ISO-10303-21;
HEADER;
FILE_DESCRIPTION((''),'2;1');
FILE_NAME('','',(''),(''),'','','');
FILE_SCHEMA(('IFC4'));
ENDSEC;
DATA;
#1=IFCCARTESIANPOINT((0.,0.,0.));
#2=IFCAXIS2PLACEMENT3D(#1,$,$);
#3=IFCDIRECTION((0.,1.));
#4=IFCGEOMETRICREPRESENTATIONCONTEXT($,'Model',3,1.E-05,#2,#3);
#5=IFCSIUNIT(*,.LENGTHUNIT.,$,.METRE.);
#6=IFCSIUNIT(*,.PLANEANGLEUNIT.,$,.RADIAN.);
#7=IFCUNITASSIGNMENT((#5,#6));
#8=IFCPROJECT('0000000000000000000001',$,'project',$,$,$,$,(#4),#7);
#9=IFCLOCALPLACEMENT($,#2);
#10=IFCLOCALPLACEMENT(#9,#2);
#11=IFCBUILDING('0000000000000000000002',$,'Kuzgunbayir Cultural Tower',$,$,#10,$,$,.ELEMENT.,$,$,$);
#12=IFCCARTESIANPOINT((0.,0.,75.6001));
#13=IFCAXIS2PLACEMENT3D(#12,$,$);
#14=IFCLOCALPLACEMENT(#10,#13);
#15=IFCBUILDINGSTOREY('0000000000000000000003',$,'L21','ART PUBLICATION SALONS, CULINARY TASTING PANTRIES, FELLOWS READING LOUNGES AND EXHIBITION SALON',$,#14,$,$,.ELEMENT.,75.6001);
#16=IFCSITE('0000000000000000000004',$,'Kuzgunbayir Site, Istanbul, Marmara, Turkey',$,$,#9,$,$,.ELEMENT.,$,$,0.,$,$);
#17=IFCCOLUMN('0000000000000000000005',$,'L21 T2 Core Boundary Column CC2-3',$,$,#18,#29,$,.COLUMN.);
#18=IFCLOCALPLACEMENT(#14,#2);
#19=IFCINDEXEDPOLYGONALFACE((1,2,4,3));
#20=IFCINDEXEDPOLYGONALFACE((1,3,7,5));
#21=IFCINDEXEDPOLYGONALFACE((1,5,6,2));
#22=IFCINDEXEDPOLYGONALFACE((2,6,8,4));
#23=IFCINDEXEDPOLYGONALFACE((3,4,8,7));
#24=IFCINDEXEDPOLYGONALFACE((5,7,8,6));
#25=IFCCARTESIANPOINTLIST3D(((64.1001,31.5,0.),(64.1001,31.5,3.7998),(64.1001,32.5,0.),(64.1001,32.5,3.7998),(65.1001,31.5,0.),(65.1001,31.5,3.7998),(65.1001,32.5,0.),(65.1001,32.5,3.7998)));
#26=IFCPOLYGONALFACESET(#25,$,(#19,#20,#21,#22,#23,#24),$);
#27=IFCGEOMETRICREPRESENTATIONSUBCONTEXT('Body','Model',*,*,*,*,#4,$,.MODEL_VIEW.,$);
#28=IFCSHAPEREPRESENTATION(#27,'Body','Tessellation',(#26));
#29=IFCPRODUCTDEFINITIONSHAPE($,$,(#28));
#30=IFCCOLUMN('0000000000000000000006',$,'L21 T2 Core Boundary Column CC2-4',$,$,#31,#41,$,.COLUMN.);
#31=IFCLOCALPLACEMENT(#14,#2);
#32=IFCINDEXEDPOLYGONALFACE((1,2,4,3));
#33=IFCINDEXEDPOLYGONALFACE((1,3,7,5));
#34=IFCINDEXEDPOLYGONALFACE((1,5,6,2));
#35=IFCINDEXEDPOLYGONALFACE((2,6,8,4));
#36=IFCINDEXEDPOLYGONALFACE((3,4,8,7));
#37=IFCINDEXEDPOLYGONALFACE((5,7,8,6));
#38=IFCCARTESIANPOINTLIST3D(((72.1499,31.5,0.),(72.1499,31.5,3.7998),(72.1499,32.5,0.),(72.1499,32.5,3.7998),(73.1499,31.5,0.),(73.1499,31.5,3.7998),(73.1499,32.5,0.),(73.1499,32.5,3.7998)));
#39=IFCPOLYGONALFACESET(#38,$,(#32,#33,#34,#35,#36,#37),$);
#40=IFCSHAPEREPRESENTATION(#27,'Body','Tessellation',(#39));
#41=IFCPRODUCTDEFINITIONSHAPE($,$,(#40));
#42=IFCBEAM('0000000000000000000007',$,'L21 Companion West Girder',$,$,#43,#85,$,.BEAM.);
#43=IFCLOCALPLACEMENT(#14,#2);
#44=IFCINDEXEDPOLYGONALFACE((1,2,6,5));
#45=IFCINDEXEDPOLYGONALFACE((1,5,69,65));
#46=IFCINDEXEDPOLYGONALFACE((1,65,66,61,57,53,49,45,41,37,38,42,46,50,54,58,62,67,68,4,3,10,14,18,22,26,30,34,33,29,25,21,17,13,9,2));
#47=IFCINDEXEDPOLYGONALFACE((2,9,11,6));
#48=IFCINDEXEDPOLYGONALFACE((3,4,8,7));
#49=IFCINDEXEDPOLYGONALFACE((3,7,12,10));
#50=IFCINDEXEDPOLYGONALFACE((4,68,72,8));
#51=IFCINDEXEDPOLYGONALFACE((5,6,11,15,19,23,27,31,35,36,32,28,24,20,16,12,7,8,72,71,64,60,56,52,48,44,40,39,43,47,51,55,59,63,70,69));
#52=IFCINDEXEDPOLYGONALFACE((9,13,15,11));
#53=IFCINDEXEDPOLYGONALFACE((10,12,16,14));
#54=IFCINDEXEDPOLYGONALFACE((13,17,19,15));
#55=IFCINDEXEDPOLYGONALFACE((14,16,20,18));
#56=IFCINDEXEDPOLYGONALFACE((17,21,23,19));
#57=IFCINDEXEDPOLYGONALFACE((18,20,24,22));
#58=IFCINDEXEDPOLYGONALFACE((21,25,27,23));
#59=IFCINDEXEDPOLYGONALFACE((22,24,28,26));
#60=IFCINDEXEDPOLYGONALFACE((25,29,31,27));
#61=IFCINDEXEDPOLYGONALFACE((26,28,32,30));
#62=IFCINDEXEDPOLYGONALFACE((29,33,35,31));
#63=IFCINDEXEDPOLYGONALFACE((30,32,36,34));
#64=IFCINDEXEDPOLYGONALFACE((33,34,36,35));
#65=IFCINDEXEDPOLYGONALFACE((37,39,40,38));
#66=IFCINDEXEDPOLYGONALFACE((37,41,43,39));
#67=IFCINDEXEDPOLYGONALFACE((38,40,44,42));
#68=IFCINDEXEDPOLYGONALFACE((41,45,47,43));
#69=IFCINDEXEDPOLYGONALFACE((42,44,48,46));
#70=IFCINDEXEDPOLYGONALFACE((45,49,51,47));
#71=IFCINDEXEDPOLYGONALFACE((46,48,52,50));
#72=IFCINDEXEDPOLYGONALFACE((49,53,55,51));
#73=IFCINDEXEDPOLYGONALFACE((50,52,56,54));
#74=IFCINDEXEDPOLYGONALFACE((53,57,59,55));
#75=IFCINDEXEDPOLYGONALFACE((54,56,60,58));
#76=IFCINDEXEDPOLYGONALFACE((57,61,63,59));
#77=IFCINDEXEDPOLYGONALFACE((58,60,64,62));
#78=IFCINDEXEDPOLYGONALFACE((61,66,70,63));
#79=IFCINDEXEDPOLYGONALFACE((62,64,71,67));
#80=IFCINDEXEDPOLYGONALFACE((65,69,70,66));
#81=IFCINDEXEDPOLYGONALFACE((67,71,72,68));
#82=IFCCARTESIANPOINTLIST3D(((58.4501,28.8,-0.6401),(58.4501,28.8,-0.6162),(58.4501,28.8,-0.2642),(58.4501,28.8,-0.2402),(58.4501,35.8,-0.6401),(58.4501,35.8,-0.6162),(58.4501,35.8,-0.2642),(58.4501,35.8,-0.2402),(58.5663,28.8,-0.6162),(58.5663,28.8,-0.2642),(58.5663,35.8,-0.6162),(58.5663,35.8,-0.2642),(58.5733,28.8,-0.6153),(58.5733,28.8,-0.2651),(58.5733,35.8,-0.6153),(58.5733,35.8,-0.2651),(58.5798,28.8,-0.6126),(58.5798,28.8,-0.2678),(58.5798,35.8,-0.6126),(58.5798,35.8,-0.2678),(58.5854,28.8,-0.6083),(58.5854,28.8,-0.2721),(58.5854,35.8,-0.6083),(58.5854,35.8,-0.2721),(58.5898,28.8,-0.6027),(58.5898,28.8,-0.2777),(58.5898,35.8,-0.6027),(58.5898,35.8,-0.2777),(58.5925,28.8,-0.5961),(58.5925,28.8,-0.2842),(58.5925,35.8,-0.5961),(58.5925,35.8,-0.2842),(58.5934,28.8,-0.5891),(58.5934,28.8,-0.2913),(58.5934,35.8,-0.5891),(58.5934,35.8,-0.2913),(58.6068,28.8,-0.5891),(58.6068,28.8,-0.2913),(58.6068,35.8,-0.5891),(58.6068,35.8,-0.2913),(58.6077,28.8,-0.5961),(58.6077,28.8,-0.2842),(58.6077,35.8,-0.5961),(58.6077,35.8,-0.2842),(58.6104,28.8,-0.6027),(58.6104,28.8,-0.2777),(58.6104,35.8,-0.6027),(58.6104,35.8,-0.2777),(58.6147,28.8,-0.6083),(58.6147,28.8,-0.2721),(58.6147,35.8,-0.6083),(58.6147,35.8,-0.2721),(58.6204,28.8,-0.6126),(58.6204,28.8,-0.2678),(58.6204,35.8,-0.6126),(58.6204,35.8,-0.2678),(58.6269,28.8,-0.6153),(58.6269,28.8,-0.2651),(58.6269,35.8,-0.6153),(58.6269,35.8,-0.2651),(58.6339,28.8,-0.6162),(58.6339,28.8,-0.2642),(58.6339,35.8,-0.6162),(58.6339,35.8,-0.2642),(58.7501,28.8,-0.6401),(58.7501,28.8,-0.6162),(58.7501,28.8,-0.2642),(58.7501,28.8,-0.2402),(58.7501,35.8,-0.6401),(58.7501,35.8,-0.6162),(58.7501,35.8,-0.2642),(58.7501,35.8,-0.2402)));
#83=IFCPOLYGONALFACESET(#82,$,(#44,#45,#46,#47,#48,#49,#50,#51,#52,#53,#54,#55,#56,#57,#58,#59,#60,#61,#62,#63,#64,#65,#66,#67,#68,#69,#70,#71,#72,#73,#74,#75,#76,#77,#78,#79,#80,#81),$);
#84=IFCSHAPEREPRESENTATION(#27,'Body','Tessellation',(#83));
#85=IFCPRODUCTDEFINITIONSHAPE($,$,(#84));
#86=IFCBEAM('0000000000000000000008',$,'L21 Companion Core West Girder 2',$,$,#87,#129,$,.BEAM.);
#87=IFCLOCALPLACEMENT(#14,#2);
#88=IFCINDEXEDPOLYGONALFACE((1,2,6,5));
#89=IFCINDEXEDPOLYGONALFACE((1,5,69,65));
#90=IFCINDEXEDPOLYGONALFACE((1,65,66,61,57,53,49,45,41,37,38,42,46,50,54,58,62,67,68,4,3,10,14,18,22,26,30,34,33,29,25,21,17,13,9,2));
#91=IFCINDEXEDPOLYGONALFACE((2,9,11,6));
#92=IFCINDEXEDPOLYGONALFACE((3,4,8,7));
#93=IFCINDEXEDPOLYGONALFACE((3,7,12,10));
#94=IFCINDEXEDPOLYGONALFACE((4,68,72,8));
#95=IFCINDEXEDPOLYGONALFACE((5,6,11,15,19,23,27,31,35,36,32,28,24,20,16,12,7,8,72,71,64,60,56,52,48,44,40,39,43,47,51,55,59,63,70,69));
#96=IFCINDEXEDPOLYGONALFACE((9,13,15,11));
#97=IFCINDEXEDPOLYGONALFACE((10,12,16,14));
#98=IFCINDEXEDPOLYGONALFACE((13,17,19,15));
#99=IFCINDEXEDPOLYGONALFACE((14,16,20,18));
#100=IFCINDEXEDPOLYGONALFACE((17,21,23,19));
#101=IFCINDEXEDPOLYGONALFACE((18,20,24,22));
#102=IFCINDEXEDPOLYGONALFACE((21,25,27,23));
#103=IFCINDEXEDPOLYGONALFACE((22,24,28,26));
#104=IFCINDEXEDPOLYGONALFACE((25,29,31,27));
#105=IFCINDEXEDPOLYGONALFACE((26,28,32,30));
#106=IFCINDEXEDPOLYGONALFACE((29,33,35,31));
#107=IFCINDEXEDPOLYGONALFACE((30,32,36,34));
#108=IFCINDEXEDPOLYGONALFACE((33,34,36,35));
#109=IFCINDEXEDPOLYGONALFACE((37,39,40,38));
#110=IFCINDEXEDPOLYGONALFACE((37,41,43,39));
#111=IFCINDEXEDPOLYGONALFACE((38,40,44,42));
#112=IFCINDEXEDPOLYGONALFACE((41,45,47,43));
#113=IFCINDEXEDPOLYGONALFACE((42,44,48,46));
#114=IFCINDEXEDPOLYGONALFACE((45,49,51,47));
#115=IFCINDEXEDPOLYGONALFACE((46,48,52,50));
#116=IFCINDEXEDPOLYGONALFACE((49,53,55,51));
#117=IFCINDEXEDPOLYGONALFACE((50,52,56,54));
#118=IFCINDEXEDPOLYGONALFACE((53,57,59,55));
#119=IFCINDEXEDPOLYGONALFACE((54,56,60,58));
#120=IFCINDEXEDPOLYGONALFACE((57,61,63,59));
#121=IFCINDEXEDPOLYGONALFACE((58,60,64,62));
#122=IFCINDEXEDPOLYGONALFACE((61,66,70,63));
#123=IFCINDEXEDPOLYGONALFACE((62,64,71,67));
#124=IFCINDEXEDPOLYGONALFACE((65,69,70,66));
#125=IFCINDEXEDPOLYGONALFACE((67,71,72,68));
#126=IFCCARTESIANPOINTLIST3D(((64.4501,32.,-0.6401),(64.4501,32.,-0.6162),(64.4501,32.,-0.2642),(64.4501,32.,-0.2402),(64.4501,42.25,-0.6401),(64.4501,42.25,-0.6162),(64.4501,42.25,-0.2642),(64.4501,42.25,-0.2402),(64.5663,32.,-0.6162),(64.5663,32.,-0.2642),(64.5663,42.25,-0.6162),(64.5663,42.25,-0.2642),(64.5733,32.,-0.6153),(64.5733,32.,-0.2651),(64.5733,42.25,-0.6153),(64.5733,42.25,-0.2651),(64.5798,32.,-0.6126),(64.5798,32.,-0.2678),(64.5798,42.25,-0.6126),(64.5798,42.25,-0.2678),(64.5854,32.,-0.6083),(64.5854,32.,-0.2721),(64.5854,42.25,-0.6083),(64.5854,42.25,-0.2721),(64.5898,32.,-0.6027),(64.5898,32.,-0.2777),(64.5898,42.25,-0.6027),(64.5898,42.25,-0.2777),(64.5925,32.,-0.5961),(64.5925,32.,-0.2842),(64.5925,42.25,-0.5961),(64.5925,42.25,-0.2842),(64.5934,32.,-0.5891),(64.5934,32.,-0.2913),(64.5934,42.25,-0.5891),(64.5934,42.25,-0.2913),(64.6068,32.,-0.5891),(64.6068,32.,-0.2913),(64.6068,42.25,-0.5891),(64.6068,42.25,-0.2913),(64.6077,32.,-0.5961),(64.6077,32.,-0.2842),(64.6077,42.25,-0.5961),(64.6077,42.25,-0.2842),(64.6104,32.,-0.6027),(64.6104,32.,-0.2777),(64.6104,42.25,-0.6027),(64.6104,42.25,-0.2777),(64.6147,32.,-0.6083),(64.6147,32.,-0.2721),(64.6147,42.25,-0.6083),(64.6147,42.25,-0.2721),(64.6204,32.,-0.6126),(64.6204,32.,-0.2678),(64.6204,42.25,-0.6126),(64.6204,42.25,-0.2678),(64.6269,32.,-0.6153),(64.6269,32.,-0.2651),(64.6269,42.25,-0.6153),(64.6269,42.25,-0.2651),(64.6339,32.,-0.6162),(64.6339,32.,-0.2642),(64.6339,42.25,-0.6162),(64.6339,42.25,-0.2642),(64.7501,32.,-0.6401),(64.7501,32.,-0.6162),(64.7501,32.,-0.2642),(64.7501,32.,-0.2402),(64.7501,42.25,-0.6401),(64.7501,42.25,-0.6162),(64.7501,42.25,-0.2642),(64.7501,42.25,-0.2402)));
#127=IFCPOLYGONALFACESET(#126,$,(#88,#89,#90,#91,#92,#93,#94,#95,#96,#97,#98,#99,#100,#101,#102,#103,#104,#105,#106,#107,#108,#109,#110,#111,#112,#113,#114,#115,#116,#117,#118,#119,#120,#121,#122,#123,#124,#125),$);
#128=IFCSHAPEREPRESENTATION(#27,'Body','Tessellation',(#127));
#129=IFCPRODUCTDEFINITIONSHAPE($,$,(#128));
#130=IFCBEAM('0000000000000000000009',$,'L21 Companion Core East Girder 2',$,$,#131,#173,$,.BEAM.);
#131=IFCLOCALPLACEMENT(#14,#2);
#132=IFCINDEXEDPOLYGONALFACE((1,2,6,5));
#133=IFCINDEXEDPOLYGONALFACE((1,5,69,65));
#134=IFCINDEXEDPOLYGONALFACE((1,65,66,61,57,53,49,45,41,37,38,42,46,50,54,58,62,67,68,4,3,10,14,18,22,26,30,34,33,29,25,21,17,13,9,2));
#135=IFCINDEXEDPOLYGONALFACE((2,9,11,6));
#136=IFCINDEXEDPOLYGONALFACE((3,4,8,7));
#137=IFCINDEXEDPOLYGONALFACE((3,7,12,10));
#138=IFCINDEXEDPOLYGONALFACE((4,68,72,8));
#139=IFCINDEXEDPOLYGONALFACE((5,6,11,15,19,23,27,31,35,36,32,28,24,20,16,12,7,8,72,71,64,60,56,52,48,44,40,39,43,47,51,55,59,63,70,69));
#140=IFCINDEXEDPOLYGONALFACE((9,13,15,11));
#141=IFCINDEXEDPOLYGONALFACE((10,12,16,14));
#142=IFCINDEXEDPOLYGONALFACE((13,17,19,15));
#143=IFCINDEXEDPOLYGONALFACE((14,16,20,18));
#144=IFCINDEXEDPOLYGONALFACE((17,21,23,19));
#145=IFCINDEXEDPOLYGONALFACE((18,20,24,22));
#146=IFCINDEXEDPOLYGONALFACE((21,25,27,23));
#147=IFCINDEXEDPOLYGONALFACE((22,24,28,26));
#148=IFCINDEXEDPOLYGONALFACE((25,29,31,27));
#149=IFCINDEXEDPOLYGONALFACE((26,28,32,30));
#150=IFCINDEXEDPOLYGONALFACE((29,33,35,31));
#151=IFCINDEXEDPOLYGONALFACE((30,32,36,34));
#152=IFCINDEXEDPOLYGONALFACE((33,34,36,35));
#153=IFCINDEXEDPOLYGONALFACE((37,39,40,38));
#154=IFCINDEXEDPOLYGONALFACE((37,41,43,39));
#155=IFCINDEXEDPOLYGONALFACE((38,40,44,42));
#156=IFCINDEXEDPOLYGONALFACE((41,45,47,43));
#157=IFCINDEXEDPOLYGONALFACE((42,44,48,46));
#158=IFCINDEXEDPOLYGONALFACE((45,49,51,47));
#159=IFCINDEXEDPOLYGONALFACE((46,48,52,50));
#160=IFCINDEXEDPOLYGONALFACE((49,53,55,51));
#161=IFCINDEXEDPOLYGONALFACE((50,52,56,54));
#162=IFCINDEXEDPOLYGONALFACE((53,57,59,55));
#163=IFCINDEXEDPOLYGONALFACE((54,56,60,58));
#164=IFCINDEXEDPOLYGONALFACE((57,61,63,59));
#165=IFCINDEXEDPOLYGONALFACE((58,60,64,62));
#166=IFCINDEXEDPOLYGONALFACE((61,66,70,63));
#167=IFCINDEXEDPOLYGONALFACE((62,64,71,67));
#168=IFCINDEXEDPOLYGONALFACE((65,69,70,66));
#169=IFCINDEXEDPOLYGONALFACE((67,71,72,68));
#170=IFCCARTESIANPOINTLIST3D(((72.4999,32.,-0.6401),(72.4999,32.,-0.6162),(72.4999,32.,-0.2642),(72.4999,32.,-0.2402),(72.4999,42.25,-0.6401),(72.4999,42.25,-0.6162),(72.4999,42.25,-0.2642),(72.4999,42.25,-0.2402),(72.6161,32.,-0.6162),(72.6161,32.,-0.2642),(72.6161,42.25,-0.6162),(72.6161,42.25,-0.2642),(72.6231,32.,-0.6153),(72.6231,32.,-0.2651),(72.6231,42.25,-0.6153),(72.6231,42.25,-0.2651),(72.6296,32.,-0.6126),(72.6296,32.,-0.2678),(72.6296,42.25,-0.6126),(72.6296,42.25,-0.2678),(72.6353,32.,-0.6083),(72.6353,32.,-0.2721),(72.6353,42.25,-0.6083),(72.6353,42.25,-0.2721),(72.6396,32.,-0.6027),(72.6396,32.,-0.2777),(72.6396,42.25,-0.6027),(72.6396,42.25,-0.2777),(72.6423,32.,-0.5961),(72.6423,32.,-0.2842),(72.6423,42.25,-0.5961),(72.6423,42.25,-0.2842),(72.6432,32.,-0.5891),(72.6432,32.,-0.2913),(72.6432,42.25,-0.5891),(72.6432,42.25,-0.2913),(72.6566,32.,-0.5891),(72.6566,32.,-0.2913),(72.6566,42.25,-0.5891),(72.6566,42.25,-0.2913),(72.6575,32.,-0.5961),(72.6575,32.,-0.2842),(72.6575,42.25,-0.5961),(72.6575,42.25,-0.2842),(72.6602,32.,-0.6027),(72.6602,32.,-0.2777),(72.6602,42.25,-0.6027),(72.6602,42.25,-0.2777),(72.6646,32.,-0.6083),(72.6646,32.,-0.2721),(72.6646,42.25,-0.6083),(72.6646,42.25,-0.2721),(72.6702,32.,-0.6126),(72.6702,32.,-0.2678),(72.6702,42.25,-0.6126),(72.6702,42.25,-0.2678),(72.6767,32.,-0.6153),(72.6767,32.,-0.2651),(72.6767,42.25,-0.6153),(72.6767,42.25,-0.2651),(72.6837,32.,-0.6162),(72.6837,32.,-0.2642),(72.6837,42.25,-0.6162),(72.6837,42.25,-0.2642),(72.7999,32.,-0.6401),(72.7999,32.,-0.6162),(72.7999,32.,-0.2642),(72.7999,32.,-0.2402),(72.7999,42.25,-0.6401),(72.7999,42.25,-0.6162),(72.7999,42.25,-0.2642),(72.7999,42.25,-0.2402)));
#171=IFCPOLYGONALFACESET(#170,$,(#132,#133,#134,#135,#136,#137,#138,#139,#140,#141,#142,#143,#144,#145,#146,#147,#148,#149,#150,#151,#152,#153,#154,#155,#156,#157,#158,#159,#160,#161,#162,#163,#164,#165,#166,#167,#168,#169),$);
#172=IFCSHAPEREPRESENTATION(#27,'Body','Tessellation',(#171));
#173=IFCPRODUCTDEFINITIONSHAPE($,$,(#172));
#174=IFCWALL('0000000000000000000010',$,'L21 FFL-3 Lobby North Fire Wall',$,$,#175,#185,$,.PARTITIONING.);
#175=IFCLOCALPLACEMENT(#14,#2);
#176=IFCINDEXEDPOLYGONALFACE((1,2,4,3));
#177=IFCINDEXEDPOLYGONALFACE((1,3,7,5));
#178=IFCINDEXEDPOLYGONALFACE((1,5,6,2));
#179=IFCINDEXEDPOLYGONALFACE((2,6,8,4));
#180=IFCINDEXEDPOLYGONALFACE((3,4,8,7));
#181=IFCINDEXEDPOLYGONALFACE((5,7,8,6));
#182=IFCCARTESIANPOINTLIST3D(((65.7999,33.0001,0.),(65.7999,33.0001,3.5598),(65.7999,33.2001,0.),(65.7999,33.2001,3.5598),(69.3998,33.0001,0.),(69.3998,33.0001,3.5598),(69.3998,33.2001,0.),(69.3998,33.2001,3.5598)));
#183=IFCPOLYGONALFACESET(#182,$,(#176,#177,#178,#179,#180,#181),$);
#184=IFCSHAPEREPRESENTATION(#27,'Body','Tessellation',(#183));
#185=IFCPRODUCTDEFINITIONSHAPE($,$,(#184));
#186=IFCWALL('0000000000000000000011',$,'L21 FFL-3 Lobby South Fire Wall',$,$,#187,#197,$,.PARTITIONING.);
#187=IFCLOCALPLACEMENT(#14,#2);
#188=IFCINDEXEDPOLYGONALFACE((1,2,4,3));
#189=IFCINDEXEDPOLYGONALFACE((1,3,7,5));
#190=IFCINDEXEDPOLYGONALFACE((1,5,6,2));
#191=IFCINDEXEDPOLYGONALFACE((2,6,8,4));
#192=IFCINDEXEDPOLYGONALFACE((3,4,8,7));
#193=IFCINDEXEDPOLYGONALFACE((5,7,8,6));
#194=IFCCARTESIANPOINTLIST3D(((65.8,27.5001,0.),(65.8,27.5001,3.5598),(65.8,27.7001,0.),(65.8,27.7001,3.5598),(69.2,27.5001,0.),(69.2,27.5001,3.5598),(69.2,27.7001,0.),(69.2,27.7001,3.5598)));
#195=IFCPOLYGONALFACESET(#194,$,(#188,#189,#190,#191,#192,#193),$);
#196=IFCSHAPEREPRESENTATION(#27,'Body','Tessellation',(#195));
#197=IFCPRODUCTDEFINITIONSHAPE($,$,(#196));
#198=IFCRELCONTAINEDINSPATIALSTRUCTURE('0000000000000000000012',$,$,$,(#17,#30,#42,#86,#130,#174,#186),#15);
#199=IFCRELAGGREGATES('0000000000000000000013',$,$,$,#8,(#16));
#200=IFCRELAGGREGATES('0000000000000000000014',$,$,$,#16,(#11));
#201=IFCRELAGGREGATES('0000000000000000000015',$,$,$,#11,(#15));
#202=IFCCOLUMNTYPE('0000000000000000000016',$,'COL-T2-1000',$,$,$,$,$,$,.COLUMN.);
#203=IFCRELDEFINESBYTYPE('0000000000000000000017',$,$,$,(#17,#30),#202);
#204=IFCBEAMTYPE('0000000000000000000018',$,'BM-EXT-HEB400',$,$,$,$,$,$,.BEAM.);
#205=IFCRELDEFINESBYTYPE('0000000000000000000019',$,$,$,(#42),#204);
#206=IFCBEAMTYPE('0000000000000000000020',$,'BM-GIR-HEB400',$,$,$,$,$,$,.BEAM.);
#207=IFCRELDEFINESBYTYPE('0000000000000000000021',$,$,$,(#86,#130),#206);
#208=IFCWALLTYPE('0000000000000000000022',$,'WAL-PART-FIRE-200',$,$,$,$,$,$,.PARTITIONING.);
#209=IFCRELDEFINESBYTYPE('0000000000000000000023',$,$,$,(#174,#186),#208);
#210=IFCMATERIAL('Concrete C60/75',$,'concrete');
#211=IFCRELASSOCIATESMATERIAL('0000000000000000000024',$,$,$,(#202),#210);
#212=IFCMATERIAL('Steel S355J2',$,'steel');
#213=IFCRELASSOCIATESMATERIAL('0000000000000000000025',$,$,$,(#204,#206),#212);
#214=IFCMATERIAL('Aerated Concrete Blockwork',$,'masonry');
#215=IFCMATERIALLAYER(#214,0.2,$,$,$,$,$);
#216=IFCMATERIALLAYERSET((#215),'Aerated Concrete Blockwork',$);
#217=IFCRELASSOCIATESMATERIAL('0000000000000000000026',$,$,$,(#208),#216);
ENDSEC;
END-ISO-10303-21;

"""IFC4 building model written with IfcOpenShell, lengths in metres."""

from ifc_helpers import new_model, si_unit, direction, frame, frame_2d, origin, origin_2d, place, context, subcontext, project, spatial, rectangle, i_section, extrude, material, layer, layer_set, material_profile, profile_set, type_object, element, save


model = new_model("IFC4")

# Units and contexts
model_context = context("Model", 3, precision=1e-05, world=origin(), true_north=direction((0.0, 1.0)))
body_context = subcontext(model_context, "Body", "Model", "MODEL_VIEW")
ifc_project = project(units=[si_unit("LENGTHUNIT", "METRE"), si_unit("PLANEANGLEUNIT", "RADIAN")], contexts=[model_context])

# Site, building, storey
site_placement = place(None, origin())
site = spatial("IfcSite", under=ifc_project, at=site_placement, Name="Kuzgunbayir Site, Istanbul, Marmara, Turkey", CompositionType="ELEMENT", RefElevation=0.0)
building_placement = place(site_placement, origin())
building = spatial("IfcBuilding", under=site, at=building_placement, Name="Kuzgunbayir Cultural Tower", CompositionType="ELEMENT")
storey_placement = place(building_placement, frame((0.0, 0.0, 75.6001)))
storey = spatial("IfcBuildingStorey", under=building, at=storey_placement, Name="L21", Description="ART PUBLICATION SALONS, CULINARY TASTING PANTRIES, FELLOWS READING LOUNGES AND EXHIBITION SALON", CompositionType="ELEMENT", Elevation=75.6001)

# Columns
ifc_material_1 = material(Name="Concrete C60/75", Category="concrete")
ifc_material_profile_1 = material_profile(ifc_material_1, rectangle(XDim=1.0, YDim=1.0, at=origin_2d()), Name="RC 1000x1000")
ifc_profile_set_1 = profile_set([ifc_material_profile_1], Name="Concrete C60/75")
column_type = type_object("IfcColumnType", Name="COL-T2-1000", PredefinedType="COLUMN", material=ifc_profile_set_1)
for number, where, z_axis, x_axis, name in (
    (1, (64.6001, 32.0, 0.0), (0.0, 0.0, 1.0), (1.0, 0.0, 0.0), "L21 T2 Core Boundary Column CC2-3"),
    (2, (72.6499, 32.0, 0.0), (0.0, 0.0, 1.0), (1.0, 0.0, 0.0), "L21 T2 Core Boundary Column CC2-4"),
):
    element("IfcColumn", number, at=place(storey_placement, frame(where, z_axis=z_axis, x_axis=x_axis)), inside=storey, type_object=column_type, Name=name, PredefinedType="COLUMN", context=body_context, shape_type="SweptSolid", body=[
        extrude(rectangle(XDim=1.0, YDim=1.0, at=origin_2d()), origin(), (0.0, 0.0, 1.0), 3.7998),
    ])

# Beams
ifc_material_2 = material(Name="Steel S355J2", Category="steel")
ifc_material_profile_2 = material_profile(ifc_material_2, i_section(OverallWidth=0.3, OverallDepth=0.3999, WebThickness=0.0134, FlangeThickness=0.0239, FilletRadius=0.0271, at=origin_2d()), Name="HEB 400")
ifc_profile_set_2 = profile_set([ifc_material_profile_2], Name="Steel S355J2")
beam_type_1 = type_object("IfcBeamType", Name="BM-EXT-HEB400", PredefinedType="BEAM", material=ifc_profile_set_2)
beam_placement = place(storey_placement, frame((58.6001, 28.8, -0.4402), z_axis=(0.0, 1.0, 0.0), x_axis=(-1.0, 0.0, 0.0)))
element("IfcBeam", 3, at=beam_placement, inside=storey, type_object=beam_type_1, Name="L21 Companion West Girder", PredefinedType="BEAM", context=body_context, shape_type="SweptSolid", body=[
    extrude(i_section(OverallWidth=0.3, OverallDepth=0.3999, WebThickness=0.0134, FlangeThickness=0.0239, FilletRadius=0.0271, at=origin_2d()), origin(), (0.0, 0.0, 1.0), 7.0),
])
ifc_material_profile_3 = material_profile(ifc_material_2, i_section(OverallWidth=0.3, OverallDepth=0.3999, WebThickness=0.0134, FlangeThickness=0.0239, FilletRadius=0.0271, at=origin_2d()), Name="HEB 400")
ifc_profile_set_3 = profile_set([ifc_material_profile_3], Name="Steel S355J2")
beam_type_2 = type_object("IfcBeamType", Name="BM-GIR-HEB400", PredefinedType="BEAM", material=ifc_profile_set_3)
for number, where, z_axis, x_axis, name in (
    (4, (64.6001, 32.0, -0.4402), (0.0, 1.0, 0.0), (-1.0, 0.0, 0.0), "L21 Companion Core West Girder 2"),
    (5, (72.6499, 32.0, -0.4402), (0.0, 1.0, 0.0), (-1.0, 0.0, 0.0), "L21 Companion Core East Girder 2"),
):
    element("IfcBeam", number, at=place(storey_placement, frame(where, z_axis=z_axis, x_axis=x_axis)), inside=storey, type_object=beam_type_2, Name=name, PredefinedType="BEAM", context=body_context, shape_type="SweptSolid", body=[
        extrude(i_section(OverallWidth=0.3, OverallDepth=0.3999, WebThickness=0.0134, FlangeThickness=0.0239, FilletRadius=0.0271, at=origin_2d()), origin(), (0.0, 0.0, 1.0), 10.25),
    ])

# Walls
ifc_material_3 = material(Name="Aerated Concrete Blockwork", Category="masonry")
ifc_layer_1 = layer(ifc_material_3, 0.2)
ifc_layer_set_1 = layer_set([ifc_layer_1], Name="Aerated Concrete Blockwork")
wall_type_1 = type_object("IfcWallType", Name="WAL-PART-FIRE-200", PredefinedType="PARTITIONING", material=ifc_layer_set_1)
wall_1_placement = place(storey_placement, frame((65.8, 33.1001, 0.0), z_axis=(0.0, 0.0, 1.0), x_axis=(1.0, 0.0, 0.0)))
element("IfcWall", 6, at=wall_1_placement, inside=storey, type_object=wall_type_1, Name="L21 FFL-3 Lobby North Fire Wall", PredefinedType="PARTITIONING", context=body_context, shape_type="SweptSolid", body=[
    extrude(rectangle(XDim=3.5999, YDim=0.2, at=frame_2d((1.7998, 0.0))), origin(), (0.0, 0.0, 1.0), 3.5598),
])
wall_2_placement = place(storey_placement, frame((65.8, 27.6001, 0.0), z_axis=(0.0, 0.0, 1.0), x_axis=(1.0, 0.0, 0.0)))
element("IfcWall", 7, at=wall_2_placement, inside=storey, type_object=wall_type_1, Name="L21 FFL-3 Lobby South Fire Wall", PredefinedType="PARTITIONING", context=body_context, shape_type="SweptSolid", body=[
    extrude(rectangle(XDim=3.3999, YDim=0.2, at=frame_2d((1.7, 0.0))), origin(), (0.0, 0.0, 1.0), 3.5598),
])

save(model, "model.ifc")
